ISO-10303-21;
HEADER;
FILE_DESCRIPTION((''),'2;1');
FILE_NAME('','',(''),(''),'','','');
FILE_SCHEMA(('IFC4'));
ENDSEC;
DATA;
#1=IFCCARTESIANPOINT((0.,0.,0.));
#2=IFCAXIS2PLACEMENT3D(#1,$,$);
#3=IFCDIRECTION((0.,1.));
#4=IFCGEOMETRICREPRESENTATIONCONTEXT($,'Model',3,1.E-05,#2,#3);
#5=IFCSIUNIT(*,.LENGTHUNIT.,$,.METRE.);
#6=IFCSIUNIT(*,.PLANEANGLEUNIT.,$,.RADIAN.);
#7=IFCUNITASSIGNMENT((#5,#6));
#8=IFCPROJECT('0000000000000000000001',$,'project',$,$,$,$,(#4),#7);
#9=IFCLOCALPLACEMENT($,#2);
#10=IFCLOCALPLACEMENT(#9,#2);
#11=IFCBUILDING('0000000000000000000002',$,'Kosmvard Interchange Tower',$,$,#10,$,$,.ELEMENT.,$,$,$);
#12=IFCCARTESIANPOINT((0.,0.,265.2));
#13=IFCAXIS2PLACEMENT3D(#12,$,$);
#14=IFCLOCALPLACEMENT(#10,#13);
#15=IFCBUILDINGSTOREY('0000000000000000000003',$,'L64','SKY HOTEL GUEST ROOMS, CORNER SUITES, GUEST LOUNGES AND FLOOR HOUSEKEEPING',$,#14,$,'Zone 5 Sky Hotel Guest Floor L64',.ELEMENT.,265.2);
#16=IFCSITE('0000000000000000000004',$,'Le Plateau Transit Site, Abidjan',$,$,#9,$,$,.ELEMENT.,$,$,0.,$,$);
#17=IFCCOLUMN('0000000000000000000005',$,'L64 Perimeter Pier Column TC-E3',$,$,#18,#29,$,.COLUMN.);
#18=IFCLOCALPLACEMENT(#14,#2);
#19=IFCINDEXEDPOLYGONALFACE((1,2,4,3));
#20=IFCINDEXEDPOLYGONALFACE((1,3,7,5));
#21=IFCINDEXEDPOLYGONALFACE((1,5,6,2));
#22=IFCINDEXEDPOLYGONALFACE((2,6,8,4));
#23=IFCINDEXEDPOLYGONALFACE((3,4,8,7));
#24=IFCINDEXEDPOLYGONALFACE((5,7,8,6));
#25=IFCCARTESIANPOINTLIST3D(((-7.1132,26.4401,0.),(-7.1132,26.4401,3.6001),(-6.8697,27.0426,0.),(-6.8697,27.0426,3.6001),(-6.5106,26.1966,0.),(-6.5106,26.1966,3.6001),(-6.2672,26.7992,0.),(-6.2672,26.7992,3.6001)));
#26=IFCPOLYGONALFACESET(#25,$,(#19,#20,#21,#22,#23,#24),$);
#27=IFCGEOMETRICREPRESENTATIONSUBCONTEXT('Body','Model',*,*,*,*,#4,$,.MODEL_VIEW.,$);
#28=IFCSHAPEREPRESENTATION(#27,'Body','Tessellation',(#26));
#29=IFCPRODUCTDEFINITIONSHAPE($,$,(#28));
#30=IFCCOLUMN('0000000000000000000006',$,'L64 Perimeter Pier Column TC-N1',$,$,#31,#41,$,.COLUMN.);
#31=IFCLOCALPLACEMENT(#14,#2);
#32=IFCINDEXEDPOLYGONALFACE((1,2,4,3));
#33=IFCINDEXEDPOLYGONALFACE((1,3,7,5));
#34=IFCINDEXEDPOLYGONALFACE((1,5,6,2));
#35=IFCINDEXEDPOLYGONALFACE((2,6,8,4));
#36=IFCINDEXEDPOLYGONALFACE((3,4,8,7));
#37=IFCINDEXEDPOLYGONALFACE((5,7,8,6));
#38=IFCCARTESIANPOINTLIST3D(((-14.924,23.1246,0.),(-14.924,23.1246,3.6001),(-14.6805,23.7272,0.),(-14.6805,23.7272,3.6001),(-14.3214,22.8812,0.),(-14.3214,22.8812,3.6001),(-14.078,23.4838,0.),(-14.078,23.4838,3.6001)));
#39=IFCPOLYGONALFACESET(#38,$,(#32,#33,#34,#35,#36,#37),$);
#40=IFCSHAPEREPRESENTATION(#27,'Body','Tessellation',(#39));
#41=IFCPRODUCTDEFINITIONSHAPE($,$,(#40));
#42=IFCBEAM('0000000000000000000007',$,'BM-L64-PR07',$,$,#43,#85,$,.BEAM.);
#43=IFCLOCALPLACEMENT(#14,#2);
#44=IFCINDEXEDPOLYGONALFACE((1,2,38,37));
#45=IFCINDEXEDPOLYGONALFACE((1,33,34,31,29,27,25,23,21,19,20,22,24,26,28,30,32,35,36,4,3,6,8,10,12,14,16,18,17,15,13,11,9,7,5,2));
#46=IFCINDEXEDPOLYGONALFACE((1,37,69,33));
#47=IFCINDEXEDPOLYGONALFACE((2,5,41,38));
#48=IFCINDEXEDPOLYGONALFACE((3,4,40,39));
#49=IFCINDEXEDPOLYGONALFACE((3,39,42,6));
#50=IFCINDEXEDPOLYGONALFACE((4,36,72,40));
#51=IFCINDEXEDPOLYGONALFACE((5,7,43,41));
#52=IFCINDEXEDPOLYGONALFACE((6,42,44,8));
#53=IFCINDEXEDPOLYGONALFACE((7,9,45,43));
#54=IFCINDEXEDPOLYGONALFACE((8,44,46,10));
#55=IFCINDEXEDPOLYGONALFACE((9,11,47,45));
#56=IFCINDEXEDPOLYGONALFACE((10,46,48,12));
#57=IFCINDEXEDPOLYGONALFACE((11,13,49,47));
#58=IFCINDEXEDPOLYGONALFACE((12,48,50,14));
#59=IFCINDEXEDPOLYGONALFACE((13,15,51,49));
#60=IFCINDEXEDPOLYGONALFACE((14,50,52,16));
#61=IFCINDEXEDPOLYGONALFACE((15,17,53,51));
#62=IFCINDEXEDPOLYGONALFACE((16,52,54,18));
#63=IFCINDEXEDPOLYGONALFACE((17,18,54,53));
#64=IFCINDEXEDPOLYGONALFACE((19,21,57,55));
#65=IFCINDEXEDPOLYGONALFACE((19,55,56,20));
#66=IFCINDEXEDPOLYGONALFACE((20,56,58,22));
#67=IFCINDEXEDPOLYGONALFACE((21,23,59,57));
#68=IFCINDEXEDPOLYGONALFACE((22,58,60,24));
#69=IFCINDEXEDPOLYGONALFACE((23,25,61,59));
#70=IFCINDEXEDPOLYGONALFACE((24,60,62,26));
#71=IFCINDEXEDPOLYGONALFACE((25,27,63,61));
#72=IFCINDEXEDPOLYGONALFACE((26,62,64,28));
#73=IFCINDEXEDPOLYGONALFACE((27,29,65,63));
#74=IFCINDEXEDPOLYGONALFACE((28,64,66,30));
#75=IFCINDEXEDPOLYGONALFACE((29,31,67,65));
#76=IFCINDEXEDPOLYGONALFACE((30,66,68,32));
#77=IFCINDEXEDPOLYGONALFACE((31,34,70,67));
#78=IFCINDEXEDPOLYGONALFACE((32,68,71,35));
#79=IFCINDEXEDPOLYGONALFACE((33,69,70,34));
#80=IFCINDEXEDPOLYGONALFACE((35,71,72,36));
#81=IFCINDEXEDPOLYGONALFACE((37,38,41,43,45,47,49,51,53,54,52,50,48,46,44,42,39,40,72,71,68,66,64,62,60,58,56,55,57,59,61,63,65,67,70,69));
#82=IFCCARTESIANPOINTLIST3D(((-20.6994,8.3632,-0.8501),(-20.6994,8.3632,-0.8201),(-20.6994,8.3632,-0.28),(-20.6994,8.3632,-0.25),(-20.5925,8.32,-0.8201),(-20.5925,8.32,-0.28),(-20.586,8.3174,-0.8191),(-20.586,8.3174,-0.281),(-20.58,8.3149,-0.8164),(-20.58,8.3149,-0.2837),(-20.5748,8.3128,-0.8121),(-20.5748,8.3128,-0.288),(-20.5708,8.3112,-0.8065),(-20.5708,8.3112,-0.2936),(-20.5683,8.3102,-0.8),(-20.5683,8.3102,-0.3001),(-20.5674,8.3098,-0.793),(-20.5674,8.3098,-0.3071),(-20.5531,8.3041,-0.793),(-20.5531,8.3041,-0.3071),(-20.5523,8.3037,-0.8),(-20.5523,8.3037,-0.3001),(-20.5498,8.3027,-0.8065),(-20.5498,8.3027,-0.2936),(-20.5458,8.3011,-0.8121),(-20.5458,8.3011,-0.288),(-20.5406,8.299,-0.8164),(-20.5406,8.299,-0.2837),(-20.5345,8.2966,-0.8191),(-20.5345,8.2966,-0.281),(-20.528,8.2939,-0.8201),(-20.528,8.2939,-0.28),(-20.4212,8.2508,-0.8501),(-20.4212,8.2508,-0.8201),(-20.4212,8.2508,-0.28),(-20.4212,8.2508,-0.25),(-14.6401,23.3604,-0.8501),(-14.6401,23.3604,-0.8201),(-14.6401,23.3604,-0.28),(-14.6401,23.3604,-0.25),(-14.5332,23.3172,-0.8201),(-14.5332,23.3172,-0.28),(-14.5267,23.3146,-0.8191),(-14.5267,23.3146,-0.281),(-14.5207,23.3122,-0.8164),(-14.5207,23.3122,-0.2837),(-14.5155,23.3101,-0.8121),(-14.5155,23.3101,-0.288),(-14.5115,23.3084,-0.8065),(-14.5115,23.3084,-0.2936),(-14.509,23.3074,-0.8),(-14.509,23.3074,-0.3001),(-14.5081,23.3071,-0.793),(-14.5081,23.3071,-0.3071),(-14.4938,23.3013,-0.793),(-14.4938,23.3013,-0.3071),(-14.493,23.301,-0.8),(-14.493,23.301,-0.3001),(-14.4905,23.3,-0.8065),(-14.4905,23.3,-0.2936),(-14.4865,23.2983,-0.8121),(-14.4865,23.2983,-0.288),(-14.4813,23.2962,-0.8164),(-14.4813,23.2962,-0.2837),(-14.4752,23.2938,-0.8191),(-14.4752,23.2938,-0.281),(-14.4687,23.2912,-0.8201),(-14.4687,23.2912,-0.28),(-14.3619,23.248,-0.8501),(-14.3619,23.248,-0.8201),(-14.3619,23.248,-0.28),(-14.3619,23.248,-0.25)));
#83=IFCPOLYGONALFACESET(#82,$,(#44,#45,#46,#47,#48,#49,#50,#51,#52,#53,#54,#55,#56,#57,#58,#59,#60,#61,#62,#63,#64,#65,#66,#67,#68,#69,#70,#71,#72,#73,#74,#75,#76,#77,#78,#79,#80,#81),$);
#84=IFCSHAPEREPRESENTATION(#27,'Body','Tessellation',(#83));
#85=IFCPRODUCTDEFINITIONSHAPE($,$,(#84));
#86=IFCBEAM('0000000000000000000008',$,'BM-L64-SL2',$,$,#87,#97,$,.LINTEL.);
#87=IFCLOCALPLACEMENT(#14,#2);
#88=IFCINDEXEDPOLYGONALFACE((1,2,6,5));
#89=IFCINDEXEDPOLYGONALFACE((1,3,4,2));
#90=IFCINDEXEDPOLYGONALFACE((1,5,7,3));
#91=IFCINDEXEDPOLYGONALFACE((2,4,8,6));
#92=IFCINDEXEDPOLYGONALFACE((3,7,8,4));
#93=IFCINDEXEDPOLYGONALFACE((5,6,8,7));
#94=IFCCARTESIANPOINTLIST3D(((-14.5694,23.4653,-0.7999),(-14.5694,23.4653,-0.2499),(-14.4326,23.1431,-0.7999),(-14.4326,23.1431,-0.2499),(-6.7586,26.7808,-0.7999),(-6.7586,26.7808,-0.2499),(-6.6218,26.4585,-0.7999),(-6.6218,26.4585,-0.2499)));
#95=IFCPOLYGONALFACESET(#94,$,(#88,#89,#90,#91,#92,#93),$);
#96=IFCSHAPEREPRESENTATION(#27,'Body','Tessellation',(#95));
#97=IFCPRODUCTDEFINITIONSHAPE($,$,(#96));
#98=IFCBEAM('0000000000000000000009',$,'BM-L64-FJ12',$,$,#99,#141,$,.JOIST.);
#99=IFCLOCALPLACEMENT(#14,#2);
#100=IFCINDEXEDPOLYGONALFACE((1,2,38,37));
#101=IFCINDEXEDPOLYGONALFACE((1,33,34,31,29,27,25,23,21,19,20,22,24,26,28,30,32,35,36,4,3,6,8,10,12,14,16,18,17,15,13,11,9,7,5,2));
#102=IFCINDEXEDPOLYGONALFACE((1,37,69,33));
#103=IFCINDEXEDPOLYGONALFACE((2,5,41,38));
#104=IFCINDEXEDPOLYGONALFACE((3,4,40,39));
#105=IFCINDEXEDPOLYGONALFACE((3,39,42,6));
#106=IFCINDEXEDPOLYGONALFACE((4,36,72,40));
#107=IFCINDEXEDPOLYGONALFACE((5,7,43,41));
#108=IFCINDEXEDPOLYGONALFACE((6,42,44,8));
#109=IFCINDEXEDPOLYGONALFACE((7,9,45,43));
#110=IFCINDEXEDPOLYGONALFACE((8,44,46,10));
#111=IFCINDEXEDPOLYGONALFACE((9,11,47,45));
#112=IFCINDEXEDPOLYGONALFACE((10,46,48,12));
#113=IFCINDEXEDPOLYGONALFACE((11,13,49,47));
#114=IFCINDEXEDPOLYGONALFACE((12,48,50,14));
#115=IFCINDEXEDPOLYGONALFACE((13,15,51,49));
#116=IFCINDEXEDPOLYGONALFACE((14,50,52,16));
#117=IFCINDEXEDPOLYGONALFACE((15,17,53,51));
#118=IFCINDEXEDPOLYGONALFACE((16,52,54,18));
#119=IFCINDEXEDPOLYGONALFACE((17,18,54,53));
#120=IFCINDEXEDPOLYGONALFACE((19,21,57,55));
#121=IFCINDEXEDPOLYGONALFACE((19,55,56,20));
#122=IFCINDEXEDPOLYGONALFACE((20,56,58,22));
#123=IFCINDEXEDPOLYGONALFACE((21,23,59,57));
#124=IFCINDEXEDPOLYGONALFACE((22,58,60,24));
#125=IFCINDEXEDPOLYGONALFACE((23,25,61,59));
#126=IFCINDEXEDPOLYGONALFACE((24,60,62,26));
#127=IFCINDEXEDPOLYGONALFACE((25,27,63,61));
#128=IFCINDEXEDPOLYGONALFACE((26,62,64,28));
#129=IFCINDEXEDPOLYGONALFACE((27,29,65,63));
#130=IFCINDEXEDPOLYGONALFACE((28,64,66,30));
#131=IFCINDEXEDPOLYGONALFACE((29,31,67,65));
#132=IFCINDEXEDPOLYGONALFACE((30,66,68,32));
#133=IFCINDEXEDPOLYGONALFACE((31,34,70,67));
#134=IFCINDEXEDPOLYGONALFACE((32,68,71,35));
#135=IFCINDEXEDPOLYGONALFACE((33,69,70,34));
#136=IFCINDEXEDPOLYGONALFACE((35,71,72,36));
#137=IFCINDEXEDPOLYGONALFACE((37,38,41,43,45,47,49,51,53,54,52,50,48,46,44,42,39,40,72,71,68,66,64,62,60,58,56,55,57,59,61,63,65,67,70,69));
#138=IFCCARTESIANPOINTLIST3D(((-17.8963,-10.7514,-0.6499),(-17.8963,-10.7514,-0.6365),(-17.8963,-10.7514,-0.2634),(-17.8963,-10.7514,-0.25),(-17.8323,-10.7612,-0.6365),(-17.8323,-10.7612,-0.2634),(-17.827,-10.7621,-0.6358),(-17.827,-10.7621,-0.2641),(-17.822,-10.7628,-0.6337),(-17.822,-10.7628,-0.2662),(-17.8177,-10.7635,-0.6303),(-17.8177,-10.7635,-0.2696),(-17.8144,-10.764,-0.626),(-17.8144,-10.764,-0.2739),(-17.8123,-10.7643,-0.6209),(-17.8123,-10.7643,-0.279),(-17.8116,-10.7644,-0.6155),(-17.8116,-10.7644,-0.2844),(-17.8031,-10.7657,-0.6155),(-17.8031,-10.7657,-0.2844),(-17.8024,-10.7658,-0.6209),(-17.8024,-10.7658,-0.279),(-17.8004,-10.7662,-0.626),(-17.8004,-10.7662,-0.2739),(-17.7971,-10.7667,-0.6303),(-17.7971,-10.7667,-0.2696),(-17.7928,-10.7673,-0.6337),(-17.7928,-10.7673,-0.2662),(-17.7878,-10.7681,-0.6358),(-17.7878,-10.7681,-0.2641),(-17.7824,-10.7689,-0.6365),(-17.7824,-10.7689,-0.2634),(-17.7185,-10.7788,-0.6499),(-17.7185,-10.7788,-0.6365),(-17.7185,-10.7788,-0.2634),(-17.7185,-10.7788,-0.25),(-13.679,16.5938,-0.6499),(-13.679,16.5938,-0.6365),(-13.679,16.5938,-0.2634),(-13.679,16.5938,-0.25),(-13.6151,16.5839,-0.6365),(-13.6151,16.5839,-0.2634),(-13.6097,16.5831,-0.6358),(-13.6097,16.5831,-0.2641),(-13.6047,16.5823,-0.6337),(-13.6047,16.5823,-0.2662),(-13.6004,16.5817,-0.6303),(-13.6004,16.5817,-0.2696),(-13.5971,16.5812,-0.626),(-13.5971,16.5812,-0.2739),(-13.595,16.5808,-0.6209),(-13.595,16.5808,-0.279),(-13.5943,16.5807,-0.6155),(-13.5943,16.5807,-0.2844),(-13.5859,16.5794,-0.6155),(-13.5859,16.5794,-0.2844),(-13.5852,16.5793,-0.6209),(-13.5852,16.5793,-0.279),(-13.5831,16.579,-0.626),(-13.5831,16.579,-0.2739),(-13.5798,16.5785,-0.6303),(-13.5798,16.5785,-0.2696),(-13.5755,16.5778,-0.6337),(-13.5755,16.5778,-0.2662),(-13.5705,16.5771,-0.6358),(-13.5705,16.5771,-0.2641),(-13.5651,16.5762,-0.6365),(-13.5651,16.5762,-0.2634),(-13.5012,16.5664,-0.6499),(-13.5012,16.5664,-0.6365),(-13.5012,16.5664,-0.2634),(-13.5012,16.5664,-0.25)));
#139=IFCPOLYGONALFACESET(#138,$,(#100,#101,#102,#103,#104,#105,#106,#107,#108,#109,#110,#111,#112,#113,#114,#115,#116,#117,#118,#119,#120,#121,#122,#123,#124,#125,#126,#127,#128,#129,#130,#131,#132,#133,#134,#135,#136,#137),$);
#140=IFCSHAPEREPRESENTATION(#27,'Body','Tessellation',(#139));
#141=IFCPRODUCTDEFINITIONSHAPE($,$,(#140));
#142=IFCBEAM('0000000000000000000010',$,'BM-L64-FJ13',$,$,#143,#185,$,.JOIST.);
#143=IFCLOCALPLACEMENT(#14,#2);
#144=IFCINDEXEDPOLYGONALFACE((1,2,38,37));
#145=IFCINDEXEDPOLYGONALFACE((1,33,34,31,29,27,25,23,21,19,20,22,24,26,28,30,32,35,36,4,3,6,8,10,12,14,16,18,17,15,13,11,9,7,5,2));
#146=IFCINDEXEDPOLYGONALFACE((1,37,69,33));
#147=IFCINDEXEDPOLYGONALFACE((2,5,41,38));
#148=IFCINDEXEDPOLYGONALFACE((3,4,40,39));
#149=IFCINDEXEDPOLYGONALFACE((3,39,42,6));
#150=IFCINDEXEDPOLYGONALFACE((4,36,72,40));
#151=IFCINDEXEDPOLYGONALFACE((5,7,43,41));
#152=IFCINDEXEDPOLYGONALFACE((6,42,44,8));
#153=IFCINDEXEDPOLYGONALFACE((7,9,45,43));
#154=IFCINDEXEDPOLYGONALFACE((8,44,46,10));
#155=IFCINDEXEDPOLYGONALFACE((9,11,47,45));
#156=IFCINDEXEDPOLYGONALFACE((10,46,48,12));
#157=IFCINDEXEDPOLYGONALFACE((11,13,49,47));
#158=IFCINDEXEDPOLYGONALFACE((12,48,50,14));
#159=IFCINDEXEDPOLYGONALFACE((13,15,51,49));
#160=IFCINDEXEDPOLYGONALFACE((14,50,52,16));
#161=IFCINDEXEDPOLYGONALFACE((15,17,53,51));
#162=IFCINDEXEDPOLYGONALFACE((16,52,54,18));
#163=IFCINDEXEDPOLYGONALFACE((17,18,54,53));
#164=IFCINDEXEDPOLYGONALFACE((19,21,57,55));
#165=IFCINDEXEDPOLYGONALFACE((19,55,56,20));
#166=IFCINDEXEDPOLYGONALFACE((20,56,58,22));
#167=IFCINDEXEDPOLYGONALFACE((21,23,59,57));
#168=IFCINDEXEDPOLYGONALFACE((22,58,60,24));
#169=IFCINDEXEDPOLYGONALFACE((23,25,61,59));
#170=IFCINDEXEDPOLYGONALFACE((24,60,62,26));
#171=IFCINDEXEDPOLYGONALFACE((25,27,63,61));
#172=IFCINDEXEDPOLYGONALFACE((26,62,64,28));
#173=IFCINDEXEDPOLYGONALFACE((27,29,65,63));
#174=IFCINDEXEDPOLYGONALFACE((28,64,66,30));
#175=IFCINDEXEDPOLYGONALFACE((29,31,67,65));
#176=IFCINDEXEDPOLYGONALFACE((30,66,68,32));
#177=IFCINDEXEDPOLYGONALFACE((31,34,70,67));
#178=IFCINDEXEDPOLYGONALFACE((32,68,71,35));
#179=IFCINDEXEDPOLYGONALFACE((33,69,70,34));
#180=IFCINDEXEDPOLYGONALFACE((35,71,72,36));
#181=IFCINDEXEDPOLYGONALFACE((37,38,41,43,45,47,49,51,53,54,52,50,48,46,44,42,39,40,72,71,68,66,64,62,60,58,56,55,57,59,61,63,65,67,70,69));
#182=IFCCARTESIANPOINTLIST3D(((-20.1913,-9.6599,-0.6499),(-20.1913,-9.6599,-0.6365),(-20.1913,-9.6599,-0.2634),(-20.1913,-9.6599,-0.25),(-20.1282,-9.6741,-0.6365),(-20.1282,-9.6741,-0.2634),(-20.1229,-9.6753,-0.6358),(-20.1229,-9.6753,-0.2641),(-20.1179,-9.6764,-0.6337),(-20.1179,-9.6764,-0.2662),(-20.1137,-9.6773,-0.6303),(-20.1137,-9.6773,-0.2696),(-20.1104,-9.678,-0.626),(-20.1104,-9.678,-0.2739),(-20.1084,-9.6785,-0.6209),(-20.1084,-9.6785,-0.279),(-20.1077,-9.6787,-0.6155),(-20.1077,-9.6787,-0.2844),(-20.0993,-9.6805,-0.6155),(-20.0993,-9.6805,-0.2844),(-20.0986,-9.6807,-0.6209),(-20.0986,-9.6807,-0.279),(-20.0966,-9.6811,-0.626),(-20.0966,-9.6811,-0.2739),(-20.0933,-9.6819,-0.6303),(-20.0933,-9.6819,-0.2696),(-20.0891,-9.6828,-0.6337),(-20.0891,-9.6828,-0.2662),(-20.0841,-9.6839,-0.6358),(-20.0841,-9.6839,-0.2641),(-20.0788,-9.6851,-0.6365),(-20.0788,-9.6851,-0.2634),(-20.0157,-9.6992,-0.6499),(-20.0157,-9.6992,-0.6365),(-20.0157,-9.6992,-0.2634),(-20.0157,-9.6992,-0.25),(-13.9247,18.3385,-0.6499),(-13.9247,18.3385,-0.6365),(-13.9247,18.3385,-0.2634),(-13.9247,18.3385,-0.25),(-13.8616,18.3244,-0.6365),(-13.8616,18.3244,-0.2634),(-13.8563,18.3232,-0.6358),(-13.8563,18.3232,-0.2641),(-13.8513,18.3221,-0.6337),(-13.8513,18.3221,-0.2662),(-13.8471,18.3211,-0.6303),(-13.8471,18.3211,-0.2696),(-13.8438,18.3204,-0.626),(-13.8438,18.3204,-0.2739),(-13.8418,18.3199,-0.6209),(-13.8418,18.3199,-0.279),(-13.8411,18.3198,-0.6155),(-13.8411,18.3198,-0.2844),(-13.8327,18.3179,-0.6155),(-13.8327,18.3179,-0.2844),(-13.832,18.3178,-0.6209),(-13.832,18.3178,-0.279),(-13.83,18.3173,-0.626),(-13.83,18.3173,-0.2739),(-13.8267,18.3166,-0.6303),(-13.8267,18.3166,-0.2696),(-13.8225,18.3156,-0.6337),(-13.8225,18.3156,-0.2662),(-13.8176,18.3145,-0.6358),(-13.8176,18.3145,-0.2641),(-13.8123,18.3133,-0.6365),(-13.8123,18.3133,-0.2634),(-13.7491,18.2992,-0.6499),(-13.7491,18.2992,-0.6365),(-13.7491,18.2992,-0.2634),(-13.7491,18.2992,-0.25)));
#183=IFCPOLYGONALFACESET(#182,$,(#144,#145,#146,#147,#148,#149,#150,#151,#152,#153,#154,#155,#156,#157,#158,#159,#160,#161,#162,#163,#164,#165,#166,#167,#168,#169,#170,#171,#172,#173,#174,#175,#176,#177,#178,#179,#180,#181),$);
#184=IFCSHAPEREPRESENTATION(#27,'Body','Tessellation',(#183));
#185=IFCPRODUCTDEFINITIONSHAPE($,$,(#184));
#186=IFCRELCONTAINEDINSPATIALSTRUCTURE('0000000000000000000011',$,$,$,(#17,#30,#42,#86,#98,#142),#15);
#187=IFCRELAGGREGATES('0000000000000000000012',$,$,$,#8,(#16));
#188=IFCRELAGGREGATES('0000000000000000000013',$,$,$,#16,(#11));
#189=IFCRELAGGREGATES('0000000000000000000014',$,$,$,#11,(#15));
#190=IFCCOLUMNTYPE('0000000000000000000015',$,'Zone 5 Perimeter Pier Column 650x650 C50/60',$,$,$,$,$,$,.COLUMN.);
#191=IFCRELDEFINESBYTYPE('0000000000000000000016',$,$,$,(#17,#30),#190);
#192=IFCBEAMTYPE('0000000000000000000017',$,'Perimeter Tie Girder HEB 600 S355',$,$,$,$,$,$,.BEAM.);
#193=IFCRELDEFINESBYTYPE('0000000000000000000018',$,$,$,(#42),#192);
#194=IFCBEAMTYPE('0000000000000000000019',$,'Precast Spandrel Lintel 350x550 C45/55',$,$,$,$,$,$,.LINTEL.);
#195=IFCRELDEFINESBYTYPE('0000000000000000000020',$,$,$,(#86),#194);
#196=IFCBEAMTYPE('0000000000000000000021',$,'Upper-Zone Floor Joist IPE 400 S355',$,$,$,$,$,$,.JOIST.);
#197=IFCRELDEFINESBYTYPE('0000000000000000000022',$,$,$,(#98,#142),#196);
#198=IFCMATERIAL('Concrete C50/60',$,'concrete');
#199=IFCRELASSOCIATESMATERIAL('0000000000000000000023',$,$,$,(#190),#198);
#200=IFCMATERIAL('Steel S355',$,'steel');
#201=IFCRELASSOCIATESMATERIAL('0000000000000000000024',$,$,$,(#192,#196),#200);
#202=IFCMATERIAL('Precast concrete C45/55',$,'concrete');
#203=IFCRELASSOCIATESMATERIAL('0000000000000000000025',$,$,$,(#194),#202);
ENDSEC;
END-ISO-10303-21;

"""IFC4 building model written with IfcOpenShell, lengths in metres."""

from ifc_helpers import new_model, si_unit, direction, frame, origin, origin_2d, place, context, subcontext, project, spatial, rectangle, i_section, extrude, source, transform, mapped, material, material_profile, profile_set, type_object, element, save


model = new_model("IFC4")

# Units and contexts
model_context = context("Model", 3, precision=1e-05, world=origin(), true_north=direction((0.0, 1.0)))
body_context = subcontext(model_context, "Body", "Model", "MODEL_VIEW")
ifc_project = project(units=[si_unit("LENGTHUNIT", "METRE"), si_unit("PLANEANGLEUNIT", "RADIAN")], contexts=[model_context])

# Site, building, storey
site_placement = place(None, origin())
site = spatial("IfcSite", under=ifc_project, at=site_placement, Name="Le Plateau Transit Site, Abidjan", CompositionType="ELEMENT", RefElevation=0.0)
building_placement = place(site_placement, origin())
building = spatial("IfcBuilding", under=site, at=building_placement, Name="Kosmvard Interchange Tower", CompositionType="ELEMENT")
storey_placement = place(building_placement, frame((0.0, 0.0, 265.2)))
storey = spatial("IfcBuildingStorey", under=building, at=storey_placement, Name="L64", Description="SKY HOTEL GUEST ROOMS, CORNER SUITES, GUEST LOUNGES AND FLOOR HOUSEKEEPING", LongName="Zone 5 Sky Hotel Guest Floor L64", CompositionType="ELEMENT", Elevation=265.2)

# Columns
ifc_material_1 = material(Name="Concrete C50/60", Category="concrete")
ifc_material_profile_1 = material_profile(ifc_material_1, rectangle(XDim=0.6499, YDim=0.6499, at=origin_2d()), Name="TC 650x650")
ifc_profile_set_1 = profile_set([ifc_material_profile_1], Name="Concrete C50/60")
column_type = type_object("IfcColumnType", Name="Zone 5 Perimeter Pier Column 650x650 C50/60", PredefinedType="COLUMN", material=ifc_profile_set_1)
shared_shape_1 = source(origin(), body_context, "Body", "SweptSolid", [
    extrude(rectangle(XDim=0.6499, YDim=0.6499, at=origin_2d()), origin(), (0.0, 0.0, 1.0), 3.6001),
])
for number, where, z_axis, x_axis, name in (
    (1, (-6.6902, 26.6196, 0.0), (0.0, 0.0, 1.0), (0.374607, 0.927184, 0.0), "L64 Perimeter Pier Column TC-E3"),
    (2, (-14.501, 23.3042, 0.0), (0.0, 0.0, 1.0), (0.374607, 0.927184, 0.0), "L64 Perimeter Pier Column TC-N1"),
):
    element("IfcColumn", number, at=place(storey_placement, frame(where, z_axis=z_axis, x_axis=x_axis)), inside=storey, type_object=column_type, Name=name, PredefinedType="COLUMN", context=body_context, shape_type="MappedRepresentation", body=[
        mapped(shared_shape_1, transform((0.0, 0.0, 0.0), scale=1.0)),
    ])

# Beams
ifc_material_2 = material(Name="Steel S355", Category="steel")
ifc_material_profile_2 = material_profile(ifc_material_2, i_section(OverallWidth=0.3, OverallDepth=0.6001, WebThickness=0.0154, FlangeThickness=0.03, FilletRadius=0.0271, at=origin_2d()), Name="HEB 600")
ifc_profile_set_2 = profile_set([ifc_material_profile_2], Name="Steel S355")
beam_type_1 = type_object("IfcBeamType", Name="Perimeter Tie Girder HEB 600 S355", PredefinedType="BEAM", material=ifc_profile_set_2)
shared_shape_2 = source(origin(), body_context, "Body", "SweptSolid", [
    extrude(i_section(OverallWidth=0.3, OverallDepth=0.6001, WebThickness=0.0154, FlangeThickness=0.03, FilletRadius=0.0271, at=origin_2d()), origin(), (0.0, 0.0, 1.0), 16.175),
])
beam_1_placement = place(storey_placement, frame((-14.501, 23.3042, -0.55), z_axis=(-0.374608, -0.927183, 0.0), x_axis=(0.927183, -0.374608, 0.0)))
element("IfcBeam", 3, at=beam_1_placement, inside=storey, type_object=beam_type_1, Name="BM-L64-PR07", PredefinedType="BEAM", context=body_context, shape_type="MappedRepresentation", body=[
    mapped(shared_shape_2, transform((0.0, 0.0, 0.0), scale=1.0)),
])
ifc_material_3 = material(Name="Precast concrete C45/55", Category="concrete")
ifc_material_profile_3 = material_profile(ifc_material_3, rectangle(XDim=0.3501, YDim=0.55, at=origin_2d()), Name="SL 350x550")
ifc_profile_set_3 = profile_set([ifc_material_profile_3], Name="Precast concrete C45/55")
beam_type_2 = type_object("IfcBeamType", Name="Precast Spandrel Lintel 350x550 C45/55", PredefinedType="LINTEL", material=ifc_profile_set_3)
shared_shape_3 = source(origin(), body_context, "Body", "SweptSolid", [
    extrude(rectangle(XDim=0.3501, YDim=0.55, at=origin_2d()), origin(), (0.0, 0.0, 1.0), 8.4854),
])
beam_2_placement = place(storey_placement, frame((-6.6902, 26.6196, -0.5249), z_axis=(-0.920507, -0.390726, 0.0), x_axis=(0.390726, -0.920507, 0.0)))
element("IfcBeam", 4, at=beam_2_placement, inside=storey, type_object=beam_type_2, Name="BM-L64-SL2", PredefinedType="LINTEL", context=body_context, shape_type="MappedRepresentation", body=[
    mapped(shared_shape_3, transform((0.0, 0.0, 0.0), scale=1.0)),
])
ifc_material_profile_4 = material_profile(ifc_material_2, i_section(OverallWidth=0.1799, OverallDepth=0.3999, WebThickness=0.0085, FlangeThickness=0.0134, FilletRadius=0.021, at=origin_2d()), Name="IPE 400")
ifc_profile_set_4 = profile_set([ifc_material_profile_4], Name="Steel S355")
beam_type_3 = type_object("IfcBeamType", Name="Upper-Zone Floor Joist IPE 400 S355", PredefinedType="JOIST", material=ifc_profile_set_4)
shared_shape_4 = source(origin(), body_context, "Body", "SweptSolid", [
    extrude(i_section(OverallWidth=0.1799, OverallDepth=0.3999, WebThickness=0.0085, FlangeThickness=0.0134, FilletRadius=0.021, at=origin_2d()), origin(), (0.0, 0.0, 1.0), 27.6685),
])
beam_3_placement = place(storey_placement, frame((-13.5901, 16.5801, -0.45), z_axis=(-0.152422, -0.988316, 0.0), x_axis=(0.988316, -0.152422, 0.0)))
element("IfcBeam", 5, at=beam_3_placement, inside=storey, type_object=beam_type_3, Name="BM-L64-FJ12", PredefinedType="JOIST", context=body_context, shape_type="MappedRepresentation", body=[
    mapped(shared_shape_4, transform((0.0, 0.0, 0.0), scale=1.0)),
])
shared_shape_5 = source(origin(), body_context, "Body", "SweptSolid", [
    extrude(i_section(OverallWidth=0.1799, OverallDepth=0.3999, WebThickness=0.0085, FlangeThickness=0.0134, FilletRadius=0.021, at=origin_2d()), origin(), (0.0, 0.0, 1.0), 28.6912),
])
beam_4_placement = place(storey_placement, frame((-13.8369, 18.3188, -0.45), z_axis=(-0.218415, -0.975856, 0.0), x_axis=(0.975856, -0.218415, 0.0)))
element("IfcBeam", 6, at=beam_4_placement, inside=storey, type_object=beam_type_3, Name="BM-L64-FJ13", PredefinedType="JOIST", context=body_context, shape_type="MappedRepresentation", body=[
    mapped(shared_shape_5, transform((0.0, 0.0, 0.0), scale=1.0)),
])

save(model, "model.ifc")
